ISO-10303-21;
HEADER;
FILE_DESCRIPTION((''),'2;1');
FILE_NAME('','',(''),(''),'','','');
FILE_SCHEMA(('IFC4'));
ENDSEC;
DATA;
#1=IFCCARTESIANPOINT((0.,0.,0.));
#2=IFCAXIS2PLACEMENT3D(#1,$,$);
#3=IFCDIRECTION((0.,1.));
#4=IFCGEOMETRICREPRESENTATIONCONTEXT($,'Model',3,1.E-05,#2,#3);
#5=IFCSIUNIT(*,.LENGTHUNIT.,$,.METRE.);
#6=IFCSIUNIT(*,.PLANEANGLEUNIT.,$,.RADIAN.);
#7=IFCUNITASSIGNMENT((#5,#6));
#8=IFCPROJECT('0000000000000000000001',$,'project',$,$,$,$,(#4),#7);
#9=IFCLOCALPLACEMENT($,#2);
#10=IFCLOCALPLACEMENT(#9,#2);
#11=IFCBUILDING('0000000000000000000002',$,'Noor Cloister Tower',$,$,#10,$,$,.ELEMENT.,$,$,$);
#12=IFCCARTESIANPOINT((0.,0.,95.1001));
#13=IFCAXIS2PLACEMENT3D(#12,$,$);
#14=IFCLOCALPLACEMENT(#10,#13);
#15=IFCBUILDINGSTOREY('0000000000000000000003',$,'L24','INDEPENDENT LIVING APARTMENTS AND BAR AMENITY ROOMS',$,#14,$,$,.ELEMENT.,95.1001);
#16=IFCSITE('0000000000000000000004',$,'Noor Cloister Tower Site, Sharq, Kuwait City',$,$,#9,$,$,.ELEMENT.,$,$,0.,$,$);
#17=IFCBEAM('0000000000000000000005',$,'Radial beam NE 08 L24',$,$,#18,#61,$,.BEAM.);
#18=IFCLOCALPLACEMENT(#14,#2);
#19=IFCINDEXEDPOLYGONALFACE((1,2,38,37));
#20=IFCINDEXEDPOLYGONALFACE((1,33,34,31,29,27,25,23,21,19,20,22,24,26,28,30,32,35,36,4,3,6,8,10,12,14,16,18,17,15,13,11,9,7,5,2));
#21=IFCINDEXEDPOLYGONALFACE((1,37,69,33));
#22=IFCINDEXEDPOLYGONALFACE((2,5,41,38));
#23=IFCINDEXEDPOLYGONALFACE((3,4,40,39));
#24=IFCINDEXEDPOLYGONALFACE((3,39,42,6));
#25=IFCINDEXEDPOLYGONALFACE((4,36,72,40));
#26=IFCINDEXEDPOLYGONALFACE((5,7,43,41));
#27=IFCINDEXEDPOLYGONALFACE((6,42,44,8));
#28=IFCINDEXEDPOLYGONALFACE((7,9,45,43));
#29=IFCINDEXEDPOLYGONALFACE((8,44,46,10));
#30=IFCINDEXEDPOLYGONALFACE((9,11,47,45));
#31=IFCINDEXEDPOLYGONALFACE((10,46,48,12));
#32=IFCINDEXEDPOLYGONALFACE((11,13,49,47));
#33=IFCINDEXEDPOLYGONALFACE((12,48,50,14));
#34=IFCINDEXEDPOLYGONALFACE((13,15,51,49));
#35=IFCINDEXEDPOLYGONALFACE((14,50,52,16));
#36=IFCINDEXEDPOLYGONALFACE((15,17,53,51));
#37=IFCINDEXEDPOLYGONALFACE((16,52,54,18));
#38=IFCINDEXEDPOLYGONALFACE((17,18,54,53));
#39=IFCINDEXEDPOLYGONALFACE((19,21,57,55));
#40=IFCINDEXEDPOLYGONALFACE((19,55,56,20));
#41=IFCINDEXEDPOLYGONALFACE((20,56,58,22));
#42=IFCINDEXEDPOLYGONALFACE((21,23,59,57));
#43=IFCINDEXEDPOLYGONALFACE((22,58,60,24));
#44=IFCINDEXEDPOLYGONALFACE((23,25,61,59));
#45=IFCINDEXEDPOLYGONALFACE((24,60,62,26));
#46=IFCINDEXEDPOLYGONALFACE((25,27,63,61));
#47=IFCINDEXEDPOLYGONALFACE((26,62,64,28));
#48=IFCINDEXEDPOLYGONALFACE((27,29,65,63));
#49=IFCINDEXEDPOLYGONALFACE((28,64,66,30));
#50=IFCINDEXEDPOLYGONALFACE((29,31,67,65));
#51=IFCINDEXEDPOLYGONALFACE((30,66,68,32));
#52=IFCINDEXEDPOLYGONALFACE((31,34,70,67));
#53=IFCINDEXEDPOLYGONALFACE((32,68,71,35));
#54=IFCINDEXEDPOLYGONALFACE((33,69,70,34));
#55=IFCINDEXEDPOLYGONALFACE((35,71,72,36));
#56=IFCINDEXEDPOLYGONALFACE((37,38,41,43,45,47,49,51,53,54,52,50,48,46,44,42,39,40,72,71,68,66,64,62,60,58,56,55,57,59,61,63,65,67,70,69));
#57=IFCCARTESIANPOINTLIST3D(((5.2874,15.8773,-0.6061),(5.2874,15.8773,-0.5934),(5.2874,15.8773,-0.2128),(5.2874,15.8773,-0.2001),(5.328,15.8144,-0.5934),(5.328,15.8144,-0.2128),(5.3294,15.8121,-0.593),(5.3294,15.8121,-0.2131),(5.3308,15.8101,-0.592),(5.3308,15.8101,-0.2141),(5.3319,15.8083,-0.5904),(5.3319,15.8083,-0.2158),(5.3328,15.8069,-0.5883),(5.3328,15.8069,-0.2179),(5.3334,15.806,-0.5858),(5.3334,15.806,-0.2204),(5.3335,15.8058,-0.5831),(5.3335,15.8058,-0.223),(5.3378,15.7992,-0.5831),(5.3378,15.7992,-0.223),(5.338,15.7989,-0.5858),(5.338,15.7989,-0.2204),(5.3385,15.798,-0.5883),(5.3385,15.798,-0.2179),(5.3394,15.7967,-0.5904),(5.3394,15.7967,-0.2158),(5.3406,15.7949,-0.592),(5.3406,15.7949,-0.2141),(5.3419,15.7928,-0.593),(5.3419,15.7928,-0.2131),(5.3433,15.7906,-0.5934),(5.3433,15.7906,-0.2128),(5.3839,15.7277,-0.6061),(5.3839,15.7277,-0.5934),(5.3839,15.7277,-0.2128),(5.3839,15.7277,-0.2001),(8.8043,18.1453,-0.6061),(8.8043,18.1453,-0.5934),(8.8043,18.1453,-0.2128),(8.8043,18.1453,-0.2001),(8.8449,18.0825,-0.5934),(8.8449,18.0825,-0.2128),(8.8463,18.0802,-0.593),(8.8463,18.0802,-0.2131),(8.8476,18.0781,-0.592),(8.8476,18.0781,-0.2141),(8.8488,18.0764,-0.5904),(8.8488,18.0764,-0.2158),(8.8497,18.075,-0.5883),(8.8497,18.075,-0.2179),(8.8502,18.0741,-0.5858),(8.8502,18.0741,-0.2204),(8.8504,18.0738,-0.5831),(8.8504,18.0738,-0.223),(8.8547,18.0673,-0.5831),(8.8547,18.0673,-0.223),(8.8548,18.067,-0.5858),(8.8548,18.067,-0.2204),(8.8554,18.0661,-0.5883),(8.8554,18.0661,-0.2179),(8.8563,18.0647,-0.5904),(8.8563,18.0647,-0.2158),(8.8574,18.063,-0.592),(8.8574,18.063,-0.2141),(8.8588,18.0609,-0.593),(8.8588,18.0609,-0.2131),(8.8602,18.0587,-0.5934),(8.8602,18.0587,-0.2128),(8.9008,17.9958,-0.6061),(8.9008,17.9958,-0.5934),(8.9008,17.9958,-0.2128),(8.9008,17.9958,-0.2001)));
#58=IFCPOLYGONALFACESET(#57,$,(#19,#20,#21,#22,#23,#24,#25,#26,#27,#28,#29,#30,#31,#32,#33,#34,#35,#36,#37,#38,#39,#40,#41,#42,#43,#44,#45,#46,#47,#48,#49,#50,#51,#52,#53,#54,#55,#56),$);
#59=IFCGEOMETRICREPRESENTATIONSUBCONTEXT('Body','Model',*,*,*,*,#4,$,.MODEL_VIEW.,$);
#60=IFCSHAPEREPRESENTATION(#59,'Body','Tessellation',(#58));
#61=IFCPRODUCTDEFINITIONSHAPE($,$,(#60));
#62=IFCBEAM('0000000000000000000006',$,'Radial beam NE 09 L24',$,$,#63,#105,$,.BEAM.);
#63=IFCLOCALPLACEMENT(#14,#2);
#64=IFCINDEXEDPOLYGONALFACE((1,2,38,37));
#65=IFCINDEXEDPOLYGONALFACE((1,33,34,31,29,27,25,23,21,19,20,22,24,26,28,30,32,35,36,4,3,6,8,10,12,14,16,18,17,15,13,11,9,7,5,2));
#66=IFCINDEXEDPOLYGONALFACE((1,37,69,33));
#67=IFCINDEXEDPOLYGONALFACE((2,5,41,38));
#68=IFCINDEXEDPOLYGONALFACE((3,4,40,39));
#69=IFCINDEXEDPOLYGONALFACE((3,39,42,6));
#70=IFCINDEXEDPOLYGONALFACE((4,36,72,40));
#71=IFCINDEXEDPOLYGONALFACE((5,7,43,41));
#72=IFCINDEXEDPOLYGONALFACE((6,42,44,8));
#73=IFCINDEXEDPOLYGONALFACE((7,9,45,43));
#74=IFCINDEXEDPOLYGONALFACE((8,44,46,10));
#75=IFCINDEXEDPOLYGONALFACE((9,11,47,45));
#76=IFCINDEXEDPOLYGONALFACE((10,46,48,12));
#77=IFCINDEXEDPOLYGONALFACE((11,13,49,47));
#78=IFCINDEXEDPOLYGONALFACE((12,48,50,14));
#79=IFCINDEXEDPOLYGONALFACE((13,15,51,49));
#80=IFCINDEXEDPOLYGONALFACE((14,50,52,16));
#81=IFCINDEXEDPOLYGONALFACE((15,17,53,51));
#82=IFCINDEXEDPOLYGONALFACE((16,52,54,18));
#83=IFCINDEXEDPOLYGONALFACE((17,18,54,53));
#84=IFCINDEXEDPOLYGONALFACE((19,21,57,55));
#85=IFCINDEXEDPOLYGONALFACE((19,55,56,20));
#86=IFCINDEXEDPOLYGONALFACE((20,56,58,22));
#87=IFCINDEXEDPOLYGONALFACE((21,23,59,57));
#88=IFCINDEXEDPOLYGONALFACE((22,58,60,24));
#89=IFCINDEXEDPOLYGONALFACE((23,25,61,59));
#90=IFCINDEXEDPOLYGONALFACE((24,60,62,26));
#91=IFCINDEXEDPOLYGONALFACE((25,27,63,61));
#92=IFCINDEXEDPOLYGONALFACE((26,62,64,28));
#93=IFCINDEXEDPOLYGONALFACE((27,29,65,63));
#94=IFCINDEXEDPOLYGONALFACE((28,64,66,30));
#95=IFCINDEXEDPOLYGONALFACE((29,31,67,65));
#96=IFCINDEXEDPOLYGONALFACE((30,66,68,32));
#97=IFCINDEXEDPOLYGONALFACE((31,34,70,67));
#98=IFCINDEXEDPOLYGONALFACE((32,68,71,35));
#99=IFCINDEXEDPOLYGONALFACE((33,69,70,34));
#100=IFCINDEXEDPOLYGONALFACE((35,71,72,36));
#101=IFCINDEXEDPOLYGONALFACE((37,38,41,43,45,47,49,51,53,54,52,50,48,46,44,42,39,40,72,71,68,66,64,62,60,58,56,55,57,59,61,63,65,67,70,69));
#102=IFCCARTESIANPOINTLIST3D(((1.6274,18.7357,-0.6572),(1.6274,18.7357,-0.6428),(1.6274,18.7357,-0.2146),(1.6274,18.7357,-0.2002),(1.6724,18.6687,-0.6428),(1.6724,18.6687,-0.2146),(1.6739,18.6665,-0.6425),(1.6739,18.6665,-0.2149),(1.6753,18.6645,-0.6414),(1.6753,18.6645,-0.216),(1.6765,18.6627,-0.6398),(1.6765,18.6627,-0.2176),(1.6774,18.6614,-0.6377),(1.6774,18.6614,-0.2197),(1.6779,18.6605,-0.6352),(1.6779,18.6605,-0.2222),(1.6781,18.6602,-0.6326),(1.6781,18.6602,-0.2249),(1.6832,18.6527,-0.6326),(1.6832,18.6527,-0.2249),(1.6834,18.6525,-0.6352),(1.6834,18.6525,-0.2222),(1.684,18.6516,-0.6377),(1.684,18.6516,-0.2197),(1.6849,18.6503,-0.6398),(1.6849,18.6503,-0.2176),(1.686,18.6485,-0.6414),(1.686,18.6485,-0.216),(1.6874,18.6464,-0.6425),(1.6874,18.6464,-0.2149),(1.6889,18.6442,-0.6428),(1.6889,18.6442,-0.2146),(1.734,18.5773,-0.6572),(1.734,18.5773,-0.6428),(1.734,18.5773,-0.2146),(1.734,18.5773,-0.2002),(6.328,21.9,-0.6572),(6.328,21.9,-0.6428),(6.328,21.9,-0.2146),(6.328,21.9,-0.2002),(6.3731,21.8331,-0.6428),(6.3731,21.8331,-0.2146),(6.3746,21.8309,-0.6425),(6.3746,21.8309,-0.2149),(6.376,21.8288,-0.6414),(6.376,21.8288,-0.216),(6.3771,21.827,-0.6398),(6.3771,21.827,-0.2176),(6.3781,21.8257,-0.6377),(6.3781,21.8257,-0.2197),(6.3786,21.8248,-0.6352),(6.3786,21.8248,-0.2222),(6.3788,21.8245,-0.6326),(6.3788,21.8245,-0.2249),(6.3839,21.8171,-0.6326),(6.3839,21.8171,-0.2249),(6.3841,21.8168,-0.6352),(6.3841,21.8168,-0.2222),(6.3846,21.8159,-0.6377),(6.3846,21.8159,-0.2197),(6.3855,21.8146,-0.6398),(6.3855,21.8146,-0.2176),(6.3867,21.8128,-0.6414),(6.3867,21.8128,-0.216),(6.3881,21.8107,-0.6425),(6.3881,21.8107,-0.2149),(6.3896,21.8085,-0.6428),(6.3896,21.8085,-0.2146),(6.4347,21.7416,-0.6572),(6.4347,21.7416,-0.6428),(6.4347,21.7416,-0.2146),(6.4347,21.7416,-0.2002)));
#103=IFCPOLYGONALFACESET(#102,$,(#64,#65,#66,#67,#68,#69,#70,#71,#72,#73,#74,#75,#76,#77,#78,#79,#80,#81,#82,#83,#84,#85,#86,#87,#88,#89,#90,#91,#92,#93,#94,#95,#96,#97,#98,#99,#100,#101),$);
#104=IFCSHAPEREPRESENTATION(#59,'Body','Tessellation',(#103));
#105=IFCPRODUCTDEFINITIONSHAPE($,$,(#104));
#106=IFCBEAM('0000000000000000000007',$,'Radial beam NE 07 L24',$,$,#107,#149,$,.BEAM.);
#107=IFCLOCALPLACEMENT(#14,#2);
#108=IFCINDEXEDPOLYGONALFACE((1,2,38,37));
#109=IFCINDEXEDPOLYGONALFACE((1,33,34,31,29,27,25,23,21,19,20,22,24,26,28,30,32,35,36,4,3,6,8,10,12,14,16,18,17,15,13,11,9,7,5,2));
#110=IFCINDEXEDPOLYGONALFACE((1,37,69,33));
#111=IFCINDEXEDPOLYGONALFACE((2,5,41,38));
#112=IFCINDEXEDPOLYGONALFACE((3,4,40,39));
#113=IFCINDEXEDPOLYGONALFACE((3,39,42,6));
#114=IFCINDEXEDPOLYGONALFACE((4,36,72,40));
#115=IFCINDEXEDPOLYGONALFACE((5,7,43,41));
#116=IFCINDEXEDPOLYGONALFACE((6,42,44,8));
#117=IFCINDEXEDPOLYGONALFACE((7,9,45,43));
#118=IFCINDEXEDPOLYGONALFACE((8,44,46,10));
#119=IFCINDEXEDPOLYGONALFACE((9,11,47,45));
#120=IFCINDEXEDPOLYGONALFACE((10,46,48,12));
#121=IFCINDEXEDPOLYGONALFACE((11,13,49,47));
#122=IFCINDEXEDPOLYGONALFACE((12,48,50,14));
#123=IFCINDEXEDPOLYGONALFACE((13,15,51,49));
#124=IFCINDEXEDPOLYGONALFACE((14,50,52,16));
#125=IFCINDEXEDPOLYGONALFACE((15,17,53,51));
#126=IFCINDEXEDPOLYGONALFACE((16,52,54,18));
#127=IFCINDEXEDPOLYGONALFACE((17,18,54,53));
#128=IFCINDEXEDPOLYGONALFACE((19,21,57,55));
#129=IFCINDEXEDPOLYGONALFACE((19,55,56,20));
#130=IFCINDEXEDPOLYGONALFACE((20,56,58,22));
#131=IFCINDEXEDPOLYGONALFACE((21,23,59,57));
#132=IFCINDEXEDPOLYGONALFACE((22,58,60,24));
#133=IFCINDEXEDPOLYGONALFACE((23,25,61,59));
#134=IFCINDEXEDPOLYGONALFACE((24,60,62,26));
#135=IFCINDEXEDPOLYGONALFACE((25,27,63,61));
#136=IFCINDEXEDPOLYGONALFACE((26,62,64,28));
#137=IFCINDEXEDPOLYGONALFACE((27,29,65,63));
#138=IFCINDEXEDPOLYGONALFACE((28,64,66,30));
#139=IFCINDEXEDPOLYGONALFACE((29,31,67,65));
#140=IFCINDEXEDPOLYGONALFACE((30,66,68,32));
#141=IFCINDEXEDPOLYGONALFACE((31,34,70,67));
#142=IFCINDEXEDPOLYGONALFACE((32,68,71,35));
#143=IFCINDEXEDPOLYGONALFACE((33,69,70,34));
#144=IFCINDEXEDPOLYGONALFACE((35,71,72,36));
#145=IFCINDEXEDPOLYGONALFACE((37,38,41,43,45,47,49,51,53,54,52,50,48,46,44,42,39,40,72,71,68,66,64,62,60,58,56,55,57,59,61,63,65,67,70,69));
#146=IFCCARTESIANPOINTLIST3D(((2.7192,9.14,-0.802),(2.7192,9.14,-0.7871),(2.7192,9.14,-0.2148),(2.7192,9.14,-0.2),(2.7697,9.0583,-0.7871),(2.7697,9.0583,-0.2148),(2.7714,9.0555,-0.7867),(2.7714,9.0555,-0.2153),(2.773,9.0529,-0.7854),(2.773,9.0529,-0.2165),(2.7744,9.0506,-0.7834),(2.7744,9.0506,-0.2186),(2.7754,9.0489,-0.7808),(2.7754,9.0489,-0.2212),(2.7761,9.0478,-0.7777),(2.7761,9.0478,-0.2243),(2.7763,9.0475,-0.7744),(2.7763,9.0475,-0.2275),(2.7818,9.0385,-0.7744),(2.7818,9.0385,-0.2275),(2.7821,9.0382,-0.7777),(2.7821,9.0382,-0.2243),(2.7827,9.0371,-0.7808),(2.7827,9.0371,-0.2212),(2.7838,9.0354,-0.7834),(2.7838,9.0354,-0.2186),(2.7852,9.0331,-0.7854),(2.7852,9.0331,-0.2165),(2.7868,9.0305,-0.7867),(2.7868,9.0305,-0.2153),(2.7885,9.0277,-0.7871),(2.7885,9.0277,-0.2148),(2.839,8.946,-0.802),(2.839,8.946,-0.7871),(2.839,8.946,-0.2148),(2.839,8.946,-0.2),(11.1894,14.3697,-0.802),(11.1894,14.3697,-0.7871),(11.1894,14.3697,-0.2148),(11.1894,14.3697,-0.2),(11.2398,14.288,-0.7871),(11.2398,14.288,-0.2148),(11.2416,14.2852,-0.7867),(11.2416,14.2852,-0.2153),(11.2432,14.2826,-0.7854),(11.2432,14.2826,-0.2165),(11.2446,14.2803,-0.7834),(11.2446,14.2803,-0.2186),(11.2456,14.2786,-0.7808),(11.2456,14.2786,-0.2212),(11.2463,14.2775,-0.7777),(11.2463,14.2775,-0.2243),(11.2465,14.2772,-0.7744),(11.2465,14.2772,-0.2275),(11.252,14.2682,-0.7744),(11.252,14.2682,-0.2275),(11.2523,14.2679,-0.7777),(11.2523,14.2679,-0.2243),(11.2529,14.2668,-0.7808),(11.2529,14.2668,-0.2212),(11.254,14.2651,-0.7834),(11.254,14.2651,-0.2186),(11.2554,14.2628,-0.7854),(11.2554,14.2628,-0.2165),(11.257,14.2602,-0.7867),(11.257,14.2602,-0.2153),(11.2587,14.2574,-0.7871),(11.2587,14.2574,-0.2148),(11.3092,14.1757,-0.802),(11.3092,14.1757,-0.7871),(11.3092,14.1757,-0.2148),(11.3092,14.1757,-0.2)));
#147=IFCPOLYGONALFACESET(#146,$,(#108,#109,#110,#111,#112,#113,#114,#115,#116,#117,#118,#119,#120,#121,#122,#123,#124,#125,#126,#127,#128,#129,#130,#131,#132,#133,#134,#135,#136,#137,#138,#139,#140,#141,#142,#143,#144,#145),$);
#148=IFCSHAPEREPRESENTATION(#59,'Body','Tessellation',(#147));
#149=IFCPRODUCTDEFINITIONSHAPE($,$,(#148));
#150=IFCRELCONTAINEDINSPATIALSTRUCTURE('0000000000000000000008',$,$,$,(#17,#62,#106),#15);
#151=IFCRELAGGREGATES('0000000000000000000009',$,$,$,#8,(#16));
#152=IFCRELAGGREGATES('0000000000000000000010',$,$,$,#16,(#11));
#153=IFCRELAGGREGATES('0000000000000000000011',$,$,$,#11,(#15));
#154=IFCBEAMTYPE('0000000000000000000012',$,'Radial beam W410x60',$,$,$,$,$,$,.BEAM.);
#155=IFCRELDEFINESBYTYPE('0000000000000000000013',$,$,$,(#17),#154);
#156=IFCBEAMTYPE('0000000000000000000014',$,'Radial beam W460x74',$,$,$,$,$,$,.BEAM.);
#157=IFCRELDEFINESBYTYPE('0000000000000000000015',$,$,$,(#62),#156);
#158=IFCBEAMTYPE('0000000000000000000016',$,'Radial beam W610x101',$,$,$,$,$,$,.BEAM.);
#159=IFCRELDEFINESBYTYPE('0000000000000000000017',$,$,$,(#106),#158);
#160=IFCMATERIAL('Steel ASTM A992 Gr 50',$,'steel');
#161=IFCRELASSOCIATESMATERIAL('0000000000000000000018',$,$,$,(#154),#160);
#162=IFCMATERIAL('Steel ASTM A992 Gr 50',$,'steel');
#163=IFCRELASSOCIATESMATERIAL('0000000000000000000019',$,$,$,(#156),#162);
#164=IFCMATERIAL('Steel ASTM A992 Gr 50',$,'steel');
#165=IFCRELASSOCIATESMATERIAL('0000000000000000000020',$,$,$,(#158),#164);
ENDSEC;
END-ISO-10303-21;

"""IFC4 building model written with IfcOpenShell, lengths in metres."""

from ifc_helpers import new_model, si_unit, direction, frame, origin, origin_2d, place, context, subcontext, project, spatial, i_section, extrude, material, material_profile, profile_set, type_object, element, save


model = new_model("IFC4")

# Units and contexts
model_context = context("Model", 3, precision=1e-05, world=origin(), true_north=direction((0.0, 1.0)))
body_context = subcontext(model_context, "Body", "Model", "MODEL_VIEW")
ifc_project = project(units=[si_unit("LENGTHUNIT", "METRE"), si_unit("PLANEANGLEUNIT", "RADIAN")], contexts=[model_context])

# Site, building, storey
site_placement = place(None, origin())
site = spatial("IfcSite", under=ifc_project, at=site_placement, Name="Noor Cloister Tower Site, Sharq, Kuwait City", CompositionType="ELEMENT", RefElevation=0.0)
building_placement = place(site_placement, origin())
building = spatial("IfcBuilding", under=site, at=building_placement, Name="Noor Cloister Tower", CompositionType="ELEMENT")
storey_placement = place(building_placement, frame((0.0, 0.0, 95.1001)))
storey = spatial("IfcBuildingStorey", under=building, at=storey_placement, Name="L24", Description="INDEPENDENT LIVING APARTMENTS AND BAR AMENITY ROOMS", CompositionType="ELEMENT", Elevation=95.1001)

# Beams
ifc_material_1 = material(Name="Steel ASTM A992 Gr 50", Category="steel")
ifc_material_profile_1 = material_profile(ifc_material_1, i_section(OverallWidth=0.178, OverallDepth=0.406, WebThickness=0.0078, FlangeThickness=0.0127, FilletRadius=0.0103, at=origin_2d()), Name="W410x60")
ifc_profile_set_1 = profile_set([ifc_material_profile_1], Name="Steel ASTM A992 Gr 50")
beam_type_1 = type_object("IfcBeamType", Name="Radial beam W410x60", PredefinedType="BEAM", material=ifc_profile_set_1)
beam_1_placement = place(storey_placement, frame((8.8525, 18.0706, -0.4031), z_axis=(-0.840391, -0.541981, 0.0), x_axis=(0.541981, -0.840391, 0.0)))
element("IfcBeam", 1, at=beam_1_placement, inside=storey, type_object=beam_type_1, Name="Radial beam NE 08 L24", PredefinedType="BEAM", context=body_context, shape_type="SweptSolid", body=[
    extrude(i_section(OverallWidth=0.178, OverallDepth=0.406, WebThickness=0.0078, FlangeThickness=0.0127, FilletRadius=0.0103, at=origin_2d()), origin(), (0.0, 0.0, 1.0), 4.1848),
])
ifc_material_2 = material(Name="Steel ASTM A992 Gr 50", Category="steel")
ifc_material_profile_2 = material_profile(ifc_material_2, i_section(OverallWidth=0.1909, OverallDepth=0.457, WebThickness=0.009, FlangeThickness=0.0144, FilletRadius=0.0103, at=origin_2d()), Name="W460x74")
ifc_profile_set_2 = profile_set([ifc_material_profile_2], Name="Steel ASTM A992 Gr 50")
beam_type_2 = type_object("IfcBeamType", Name="Radial beam W460x74", PredefinedType="BEAM", material=ifc_profile_set_2)
beam_2_placement = place(storey_placement, frame((6.3813, 21.8208, -0.4287), z_axis=(-0.829556, -0.558423, 0.0), x_axis=(0.558423, -0.829556, 0.0)))
element("IfcBeam", 2, at=beam_2_placement, inside=storey, type_object=beam_type_2, Name="Radial beam NE 09 L24", PredefinedType="BEAM", context=body_context, shape_type="SweptSolid", body=[
    extrude(i_section(OverallWidth=0.1909, OverallDepth=0.457, WebThickness=0.009, FlangeThickness=0.0144, FilletRadius=0.0103, at=origin_2d()), origin(), (0.0, 0.0, 1.0), 5.6665),
])
ifc_material_3 = material(Name="Steel ASTM A992 Gr 50", Category="steel")
ifc_material_profile_3 = material_profile(ifc_material_3, i_section(OverallWidth=0.228, OverallDepth=0.6021, WebThickness=0.0105, FlangeThickness=0.0149, FilletRadius=0.0127, at=origin_2d()), Name="W610x101")
ifc_profile_set_3 = profile_set([ifc_material_profile_3], Name="Steel ASTM A992 Gr 50")
beam_type_3 = type_object("IfcBeamType", Name="Radial beam W610x101", PredefinedType="BEAM", material=ifc_profile_set_3)
beam_3_placement = place(storey_placement, frame((11.2493, 14.2727, -0.501), z_axis=(-0.850882, -0.525357, 0.0), x_axis=(0.525357, -0.850882, 0.0)))
element("IfcBeam", 3, at=beam_3_placement, inside=storey, type_object=beam_type_3, Name="Radial beam NE 07 L24", PredefinedType="BEAM", context=body_context, shape_type="SweptSolid", body=[
    extrude(i_section(OverallWidth=0.228, OverallDepth=0.6021, WebThickness=0.0105, FlangeThickness=0.0149, FilletRadius=0.0127, at=origin_2d()), origin(), (0.0, 0.0, 1.0), 9.9546),
])

save(model, "model.ifc")
